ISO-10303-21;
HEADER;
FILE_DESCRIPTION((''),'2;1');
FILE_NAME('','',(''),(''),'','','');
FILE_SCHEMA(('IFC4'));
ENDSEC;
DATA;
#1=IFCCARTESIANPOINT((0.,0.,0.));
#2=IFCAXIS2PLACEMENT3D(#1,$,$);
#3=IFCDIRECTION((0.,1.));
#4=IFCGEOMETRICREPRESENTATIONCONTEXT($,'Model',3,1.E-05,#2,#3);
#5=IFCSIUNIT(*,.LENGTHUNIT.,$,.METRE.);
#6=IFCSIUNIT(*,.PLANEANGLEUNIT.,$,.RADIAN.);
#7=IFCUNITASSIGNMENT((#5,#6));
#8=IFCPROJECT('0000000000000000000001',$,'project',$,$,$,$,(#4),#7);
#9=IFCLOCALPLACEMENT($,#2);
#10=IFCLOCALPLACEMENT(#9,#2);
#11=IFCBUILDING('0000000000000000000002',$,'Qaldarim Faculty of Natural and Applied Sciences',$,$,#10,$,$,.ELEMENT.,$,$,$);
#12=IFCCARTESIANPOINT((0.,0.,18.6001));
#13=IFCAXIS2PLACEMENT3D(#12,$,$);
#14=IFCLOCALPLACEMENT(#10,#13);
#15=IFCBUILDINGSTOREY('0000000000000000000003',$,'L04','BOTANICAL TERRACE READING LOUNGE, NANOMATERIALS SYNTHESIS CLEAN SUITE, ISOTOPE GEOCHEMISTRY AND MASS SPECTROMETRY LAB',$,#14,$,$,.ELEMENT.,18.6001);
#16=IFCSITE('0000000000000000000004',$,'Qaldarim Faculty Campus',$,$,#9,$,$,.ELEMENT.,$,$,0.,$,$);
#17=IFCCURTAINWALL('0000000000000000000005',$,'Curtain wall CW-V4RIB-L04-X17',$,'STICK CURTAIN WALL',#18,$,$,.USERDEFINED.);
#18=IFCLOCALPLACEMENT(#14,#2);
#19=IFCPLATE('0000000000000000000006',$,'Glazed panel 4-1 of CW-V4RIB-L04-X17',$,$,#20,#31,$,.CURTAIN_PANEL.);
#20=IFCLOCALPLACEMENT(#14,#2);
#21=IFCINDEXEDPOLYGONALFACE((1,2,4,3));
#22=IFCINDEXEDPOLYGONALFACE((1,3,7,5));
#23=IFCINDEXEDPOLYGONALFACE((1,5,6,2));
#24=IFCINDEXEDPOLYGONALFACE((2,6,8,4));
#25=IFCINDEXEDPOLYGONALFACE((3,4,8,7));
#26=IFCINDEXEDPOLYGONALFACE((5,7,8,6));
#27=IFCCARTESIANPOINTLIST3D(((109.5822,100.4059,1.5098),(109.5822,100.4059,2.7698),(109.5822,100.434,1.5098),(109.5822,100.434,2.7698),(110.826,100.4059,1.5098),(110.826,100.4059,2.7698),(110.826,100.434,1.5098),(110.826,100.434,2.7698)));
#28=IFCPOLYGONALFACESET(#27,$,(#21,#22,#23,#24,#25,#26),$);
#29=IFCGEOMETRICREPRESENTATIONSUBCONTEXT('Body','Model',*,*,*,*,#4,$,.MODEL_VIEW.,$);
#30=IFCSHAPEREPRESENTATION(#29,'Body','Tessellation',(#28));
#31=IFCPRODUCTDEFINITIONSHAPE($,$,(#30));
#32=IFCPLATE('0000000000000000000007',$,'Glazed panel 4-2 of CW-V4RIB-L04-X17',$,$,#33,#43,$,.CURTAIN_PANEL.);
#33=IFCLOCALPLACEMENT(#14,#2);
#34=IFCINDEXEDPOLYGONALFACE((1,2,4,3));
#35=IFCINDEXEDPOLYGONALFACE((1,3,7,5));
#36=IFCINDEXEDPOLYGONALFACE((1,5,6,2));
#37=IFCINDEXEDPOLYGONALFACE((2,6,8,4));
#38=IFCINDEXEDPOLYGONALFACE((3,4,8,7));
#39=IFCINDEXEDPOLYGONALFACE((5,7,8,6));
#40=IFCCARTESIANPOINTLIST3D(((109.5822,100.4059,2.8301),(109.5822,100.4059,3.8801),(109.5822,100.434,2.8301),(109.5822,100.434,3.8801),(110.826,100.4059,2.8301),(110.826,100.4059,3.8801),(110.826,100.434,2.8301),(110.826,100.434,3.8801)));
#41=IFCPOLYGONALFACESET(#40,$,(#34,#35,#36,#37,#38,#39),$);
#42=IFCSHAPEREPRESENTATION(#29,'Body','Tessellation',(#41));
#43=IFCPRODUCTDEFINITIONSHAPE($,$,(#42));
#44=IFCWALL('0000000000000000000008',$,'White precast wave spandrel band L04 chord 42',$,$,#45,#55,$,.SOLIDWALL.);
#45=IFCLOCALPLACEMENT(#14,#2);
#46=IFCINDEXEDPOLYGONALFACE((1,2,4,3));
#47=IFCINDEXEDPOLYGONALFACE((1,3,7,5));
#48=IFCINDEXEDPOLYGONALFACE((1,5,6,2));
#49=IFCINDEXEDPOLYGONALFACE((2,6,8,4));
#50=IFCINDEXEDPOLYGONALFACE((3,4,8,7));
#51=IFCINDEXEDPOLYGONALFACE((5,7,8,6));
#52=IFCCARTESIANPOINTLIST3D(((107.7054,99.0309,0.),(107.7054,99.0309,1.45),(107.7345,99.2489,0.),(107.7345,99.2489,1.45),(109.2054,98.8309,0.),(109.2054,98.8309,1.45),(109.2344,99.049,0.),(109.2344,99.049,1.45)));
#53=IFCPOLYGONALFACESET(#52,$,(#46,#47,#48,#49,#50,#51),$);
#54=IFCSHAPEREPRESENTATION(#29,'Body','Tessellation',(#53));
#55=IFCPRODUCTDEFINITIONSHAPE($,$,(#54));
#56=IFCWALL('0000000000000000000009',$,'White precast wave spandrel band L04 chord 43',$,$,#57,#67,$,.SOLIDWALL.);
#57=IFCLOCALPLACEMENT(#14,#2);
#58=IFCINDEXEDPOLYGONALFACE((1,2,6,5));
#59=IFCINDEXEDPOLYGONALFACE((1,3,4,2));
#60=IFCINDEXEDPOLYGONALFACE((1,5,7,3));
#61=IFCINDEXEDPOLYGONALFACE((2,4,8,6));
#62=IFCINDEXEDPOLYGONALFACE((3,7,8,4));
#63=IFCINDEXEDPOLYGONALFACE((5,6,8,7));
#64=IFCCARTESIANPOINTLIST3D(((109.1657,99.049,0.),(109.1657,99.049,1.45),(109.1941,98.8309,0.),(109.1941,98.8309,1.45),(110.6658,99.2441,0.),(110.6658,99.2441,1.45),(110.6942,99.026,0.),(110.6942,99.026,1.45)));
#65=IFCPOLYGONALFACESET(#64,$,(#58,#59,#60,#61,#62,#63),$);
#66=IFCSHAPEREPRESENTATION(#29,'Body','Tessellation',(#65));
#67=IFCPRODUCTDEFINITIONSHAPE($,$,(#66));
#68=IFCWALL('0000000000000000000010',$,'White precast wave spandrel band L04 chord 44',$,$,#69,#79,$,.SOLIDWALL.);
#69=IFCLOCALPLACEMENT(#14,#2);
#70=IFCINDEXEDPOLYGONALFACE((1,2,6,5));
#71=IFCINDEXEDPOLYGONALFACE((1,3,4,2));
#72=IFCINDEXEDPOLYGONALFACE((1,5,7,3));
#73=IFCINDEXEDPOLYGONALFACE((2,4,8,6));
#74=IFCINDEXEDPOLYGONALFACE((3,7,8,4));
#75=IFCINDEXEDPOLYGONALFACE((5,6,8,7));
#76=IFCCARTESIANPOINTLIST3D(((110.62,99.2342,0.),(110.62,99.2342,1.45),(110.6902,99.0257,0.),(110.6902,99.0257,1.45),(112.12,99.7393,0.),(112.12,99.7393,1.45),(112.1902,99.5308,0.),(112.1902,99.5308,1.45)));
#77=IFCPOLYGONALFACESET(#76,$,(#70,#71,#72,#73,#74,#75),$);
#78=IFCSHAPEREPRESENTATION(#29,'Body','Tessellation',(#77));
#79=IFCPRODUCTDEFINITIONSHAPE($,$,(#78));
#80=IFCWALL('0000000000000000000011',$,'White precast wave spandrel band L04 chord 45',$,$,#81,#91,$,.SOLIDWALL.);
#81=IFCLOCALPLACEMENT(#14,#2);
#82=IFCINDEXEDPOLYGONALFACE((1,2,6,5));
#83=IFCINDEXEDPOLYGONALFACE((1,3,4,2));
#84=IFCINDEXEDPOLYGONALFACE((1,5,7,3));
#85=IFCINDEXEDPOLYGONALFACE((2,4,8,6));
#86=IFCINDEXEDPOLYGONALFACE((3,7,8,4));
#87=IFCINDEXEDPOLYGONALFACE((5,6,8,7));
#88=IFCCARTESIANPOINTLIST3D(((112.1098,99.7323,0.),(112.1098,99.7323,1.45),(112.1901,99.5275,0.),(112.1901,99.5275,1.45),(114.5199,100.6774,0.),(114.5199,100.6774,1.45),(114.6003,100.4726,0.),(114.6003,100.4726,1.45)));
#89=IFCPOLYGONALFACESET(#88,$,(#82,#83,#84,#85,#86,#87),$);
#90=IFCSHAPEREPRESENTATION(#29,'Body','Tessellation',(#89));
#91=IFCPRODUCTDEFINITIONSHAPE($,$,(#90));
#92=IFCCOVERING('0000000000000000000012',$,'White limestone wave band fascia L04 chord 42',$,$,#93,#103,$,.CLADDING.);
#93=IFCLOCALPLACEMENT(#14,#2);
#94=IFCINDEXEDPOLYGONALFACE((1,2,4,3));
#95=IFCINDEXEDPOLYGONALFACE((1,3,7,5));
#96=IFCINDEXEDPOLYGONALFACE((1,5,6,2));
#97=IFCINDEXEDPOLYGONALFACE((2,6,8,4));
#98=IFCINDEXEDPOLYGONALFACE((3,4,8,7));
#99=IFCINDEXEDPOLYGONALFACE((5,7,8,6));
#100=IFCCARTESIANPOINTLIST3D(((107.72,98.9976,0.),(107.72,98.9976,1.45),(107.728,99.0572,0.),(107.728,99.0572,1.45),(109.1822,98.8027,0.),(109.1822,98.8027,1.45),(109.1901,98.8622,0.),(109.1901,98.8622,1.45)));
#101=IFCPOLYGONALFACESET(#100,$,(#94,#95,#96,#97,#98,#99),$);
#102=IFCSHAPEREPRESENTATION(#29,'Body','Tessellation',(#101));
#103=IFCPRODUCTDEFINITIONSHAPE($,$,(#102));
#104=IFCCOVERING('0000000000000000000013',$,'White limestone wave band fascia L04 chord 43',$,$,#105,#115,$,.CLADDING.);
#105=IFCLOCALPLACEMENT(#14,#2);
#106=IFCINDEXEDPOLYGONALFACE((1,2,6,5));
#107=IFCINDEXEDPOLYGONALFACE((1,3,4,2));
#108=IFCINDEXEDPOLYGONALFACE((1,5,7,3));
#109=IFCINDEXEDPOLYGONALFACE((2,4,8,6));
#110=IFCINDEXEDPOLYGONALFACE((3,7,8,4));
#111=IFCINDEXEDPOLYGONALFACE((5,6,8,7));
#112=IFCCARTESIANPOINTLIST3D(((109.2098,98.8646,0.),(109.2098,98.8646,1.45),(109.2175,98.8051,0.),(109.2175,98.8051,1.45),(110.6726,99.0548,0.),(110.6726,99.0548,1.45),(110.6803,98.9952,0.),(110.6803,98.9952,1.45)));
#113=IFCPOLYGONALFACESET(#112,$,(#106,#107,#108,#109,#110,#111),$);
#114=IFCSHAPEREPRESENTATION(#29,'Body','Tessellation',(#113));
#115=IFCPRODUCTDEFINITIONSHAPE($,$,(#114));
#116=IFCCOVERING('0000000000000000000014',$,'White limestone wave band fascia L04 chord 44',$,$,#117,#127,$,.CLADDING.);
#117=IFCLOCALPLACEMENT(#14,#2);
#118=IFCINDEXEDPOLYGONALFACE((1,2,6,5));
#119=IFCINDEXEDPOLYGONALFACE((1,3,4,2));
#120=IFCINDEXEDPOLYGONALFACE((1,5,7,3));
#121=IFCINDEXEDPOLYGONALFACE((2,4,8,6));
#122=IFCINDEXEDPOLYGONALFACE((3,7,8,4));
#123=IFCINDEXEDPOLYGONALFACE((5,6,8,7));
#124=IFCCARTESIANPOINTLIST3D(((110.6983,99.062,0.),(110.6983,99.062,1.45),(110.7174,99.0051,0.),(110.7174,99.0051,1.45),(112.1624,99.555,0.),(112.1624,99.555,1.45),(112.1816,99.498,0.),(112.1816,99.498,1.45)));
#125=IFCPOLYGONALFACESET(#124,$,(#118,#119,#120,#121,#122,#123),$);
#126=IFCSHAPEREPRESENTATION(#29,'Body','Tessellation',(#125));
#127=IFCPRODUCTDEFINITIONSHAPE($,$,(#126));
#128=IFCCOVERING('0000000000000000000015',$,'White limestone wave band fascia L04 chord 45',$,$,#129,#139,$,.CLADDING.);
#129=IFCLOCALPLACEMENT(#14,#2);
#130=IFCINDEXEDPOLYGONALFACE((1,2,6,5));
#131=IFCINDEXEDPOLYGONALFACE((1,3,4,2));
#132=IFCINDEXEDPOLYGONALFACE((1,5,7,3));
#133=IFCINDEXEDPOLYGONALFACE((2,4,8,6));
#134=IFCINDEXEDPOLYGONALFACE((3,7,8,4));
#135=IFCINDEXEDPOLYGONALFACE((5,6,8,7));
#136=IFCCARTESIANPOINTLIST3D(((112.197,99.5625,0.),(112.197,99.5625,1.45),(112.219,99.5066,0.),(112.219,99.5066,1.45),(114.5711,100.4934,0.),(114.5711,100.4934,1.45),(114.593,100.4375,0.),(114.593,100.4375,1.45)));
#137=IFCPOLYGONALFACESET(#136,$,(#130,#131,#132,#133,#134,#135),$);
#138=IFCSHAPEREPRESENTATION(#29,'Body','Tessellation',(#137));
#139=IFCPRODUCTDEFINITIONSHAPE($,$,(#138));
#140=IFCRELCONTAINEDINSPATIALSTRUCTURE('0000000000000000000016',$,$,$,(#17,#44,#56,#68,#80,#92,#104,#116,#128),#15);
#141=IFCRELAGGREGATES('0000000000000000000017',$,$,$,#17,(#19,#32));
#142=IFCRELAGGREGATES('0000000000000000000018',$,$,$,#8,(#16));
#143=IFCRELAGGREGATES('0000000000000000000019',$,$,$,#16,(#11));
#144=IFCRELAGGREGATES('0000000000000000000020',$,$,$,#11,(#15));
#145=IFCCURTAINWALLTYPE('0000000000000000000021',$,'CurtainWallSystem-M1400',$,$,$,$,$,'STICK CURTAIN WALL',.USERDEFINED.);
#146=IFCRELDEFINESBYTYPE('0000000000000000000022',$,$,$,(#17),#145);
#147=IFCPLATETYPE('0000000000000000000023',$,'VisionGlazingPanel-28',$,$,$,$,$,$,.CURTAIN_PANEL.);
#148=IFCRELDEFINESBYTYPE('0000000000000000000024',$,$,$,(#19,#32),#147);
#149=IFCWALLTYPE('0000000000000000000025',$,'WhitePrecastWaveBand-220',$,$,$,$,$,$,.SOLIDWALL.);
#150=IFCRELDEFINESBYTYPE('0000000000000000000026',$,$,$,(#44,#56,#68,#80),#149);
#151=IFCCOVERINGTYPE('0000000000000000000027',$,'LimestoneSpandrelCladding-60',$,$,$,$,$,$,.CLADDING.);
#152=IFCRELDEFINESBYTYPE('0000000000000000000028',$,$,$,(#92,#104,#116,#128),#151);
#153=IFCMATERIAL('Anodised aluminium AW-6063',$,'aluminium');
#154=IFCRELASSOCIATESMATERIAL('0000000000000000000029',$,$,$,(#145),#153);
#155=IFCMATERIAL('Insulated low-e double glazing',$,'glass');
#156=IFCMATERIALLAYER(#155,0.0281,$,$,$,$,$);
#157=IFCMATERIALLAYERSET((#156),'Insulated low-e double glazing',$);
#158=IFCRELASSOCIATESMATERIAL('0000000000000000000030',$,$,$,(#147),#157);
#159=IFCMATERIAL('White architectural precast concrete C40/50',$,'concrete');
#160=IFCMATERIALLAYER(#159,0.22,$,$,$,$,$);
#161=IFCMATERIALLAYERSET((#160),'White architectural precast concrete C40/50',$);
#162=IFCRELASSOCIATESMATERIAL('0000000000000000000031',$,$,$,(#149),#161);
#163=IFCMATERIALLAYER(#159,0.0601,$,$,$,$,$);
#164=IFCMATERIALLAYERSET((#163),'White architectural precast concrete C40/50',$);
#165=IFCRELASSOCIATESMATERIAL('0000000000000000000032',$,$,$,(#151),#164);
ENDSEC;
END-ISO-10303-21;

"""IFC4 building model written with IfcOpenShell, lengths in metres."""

from ifc_helpers import new_model, si_unit, direction, frame, frame_2d, origin, origin_2d, place, context, subcontext, project, spatial, rectangle, extrude, material, layer, layer_set, type_object, element, aggregate, save


model = new_model("IFC4")

# Units and contexts
model_context = context("Model", 3, precision=1e-05, world=origin(), true_north=direction((0.0, 1.0)))
body_context = subcontext(model_context, "Body", "Model", "MODEL_VIEW")
ifc_project = project(units=[si_unit("LENGTHUNIT", "METRE"), si_unit("PLANEANGLEUNIT", "RADIAN")], contexts=[model_context])

# Site, building, storey
site_placement = place(None, origin())
site = spatial("IfcSite", under=ifc_project, at=site_placement, Name="Qaldarim Faculty Campus", CompositionType="ELEMENT", RefElevation=0.0)
building_placement = place(site_placement, origin())
building = spatial("IfcBuilding", under=site, at=building_placement, Name="Qaldarim Faculty of Natural and Applied Sciences", CompositionType="ELEMENT")
storey_placement = place(building_placement, frame((0.0, 0.0, 18.6001)))
storey = spatial("IfcBuildingStorey", under=building, at=storey_placement, Name="L04", Description="BOTANICAL TERRACE READING LOUNGE, NANOMATERIALS SYNTHESIS CLEAN SUITE, ISOTOPE GEOCHEMISTRY AND MASS SPECTROMETRY LAB", CompositionType="ELEMENT", Elevation=18.6001)

# Curtain wall, plates
ifc_material_1 = material(Name="Anodised aluminium AW-6063", Category="aluminium")
curtain_wall_type = type_object("IfcCurtainWallType", Name="CurtainWallSystem-M1400", ElementType="STICK CURTAIN WALL", PredefinedType="USERDEFINED", material=ifc_material_1)
curtain_wall_placement = place(storey_placement, origin())
curtain_wall = element("IfcCurtainWall", 1, at=curtain_wall_placement, inside=storey, type_object=curtain_wall_type, Name="Curtain wall CW-V4RIB-L04-X17", ObjectType="STICK CURTAIN WALL", PredefinedType="USERDEFINED")
ifc_material_2 = material(Name="Insulated low-e double glazing", Category="glass")
ifc_layer_1 = layer(ifc_material_2, 0.0281)
ifc_layer_set_1 = layer_set([ifc_layer_1], Name="Insulated low-e double glazing")
plate_type = type_object("IfcPlateType", Name="VisionGlazingPanel-28", PredefinedType="CURTAIN_PANEL", material=ifc_layer_set_1)
plate_1_placement = place(storey_placement, frame((110.2041, 100.4199, 1.5098), z_axis=(0.0, 0.0, 1.0), x_axis=(1.0, 0.0, 0.0)))
plate_1 = element("IfcPlate", 2, at=plate_1_placement, type_object=plate_type, Name="Glazed panel 4-1 of CW-V4RIB-L04-X17", PredefinedType="CURTAIN_PANEL", context=body_context, shape_type="SweptSolid", body=[
    extrude(rectangle(XDim=1.2439, YDim=0.0281, at=origin_2d()), origin(), (0.0, 0.0, 1.0), 1.26),
])
plate_2_placement = place(storey_placement, frame((110.2041, 100.4199, 2.8301), z_axis=(0.0, 0.0, 1.0), x_axis=(1.0, 0.0, 0.0)))
plate_2 = element("IfcPlate", 3, at=plate_2_placement, type_object=plate_type, Name="Glazed panel 4-2 of CW-V4RIB-L04-X17", PredefinedType="CURTAIN_PANEL", context=body_context, shape_type="SweptSolid", body=[
    extrude(rectangle(XDim=1.2439, YDim=0.0281, at=origin_2d()), origin(), (0.0, 0.0, 1.0), 1.05),
])
aggregate(curtain_wall, [plate_1, plate_2])

# Walls
ifc_material_3 = material(Name="White architectural precast concrete C40/50", Category="concrete")
ifc_layer_2 = layer(ifc_material_3, 0.22)
ifc_layer_set_2 = layer_set([ifc_layer_2], Name="White architectural precast concrete C40/50")
wall_type = type_object("IfcWallType", Name="WhitePrecastWaveBand-220", PredefinedType="SOLIDWALL", material=ifc_layer_set_2)
wall_1_placement = place(storey_placement, frame((107.72, 99.1399, 0.0), z_axis=(0.0, 0.0, 1.0), x_axis=(0.991232, -0.132132, 0.0)))
element("IfcWall", 4, at=wall_1_placement, inside=storey, type_object=wall_type, Name="White precast wave spandrel band L04 chord 42", PredefinedType="SOLIDWALL", context=body_context, shape_type="SweptSolid", body=[
    extrude(rectangle(XDim=1.5132, YDim=0.22, at=frame_2d((0.7566, 0.0))), origin(), (0.0, 0.0, 1.0), 1.45),
])
wall_2_placement = place(storey_placement, frame((109.1799, 98.9399, 0.0), z_axis=(0.0, 0.0, 1.0), x_axis=(0.99165, 0.12896, 0.0)))
element("IfcWall", 5, at=wall_2_placement, inside=storey, type_object=wall_type, Name="White precast wave spandrel band L04 chord 43", PredefinedType="SOLIDWALL", context=body_context, shape_type="SweptSolid", body=[
    extrude(rectangle(XDim=1.5127, YDim=0.22, at=frame_2d((0.7563, 0.0))), origin(), (0.0, 0.0, 1.0), 1.45),
])
wall_3_placement = place(storey_placement, frame((110.655, 99.1299, 0.0), z_axis=(0.0, 0.0, 1.0), x_axis=(0.947707, 0.319142, 0.0)))
element("IfcWall", 6, at=wall_3_placement, inside=storey, type_object=wall_type, Name="White precast wave spandrel band L04 chord 44", PredefinedType="SOLIDWALL", context=body_context, shape_type="SweptSolid", body=[
    extrude(rectangle(XDim=1.5828, YDim=0.22, at=frame_2d((0.7915, 0.0))), origin(), (0.0, 0.0, 1.0), 1.45),
])
wall_4_placement = place(storey_placement, frame((112.1499, 99.6299, 0.0), z_axis=(0.0, 0.0, 1.0), x_axis=(0.930985, 0.365057, 0.0)))
element("IfcWall", 7, at=wall_4_placement, inside=storey, type_object=wall_type, Name="White precast wave spandrel band L04 chord 45", PredefinedType="SOLIDWALL", context=body_context, shape_type="SweptSolid", body=[
    extrude(rectangle(XDim=2.5889, YDim=0.22, at=frame_2d((1.2944, 0.0))), origin(), (0.0, 0.0, 1.0), 1.45),
])

# Coverings
ifc_layer_3 = layer(ifc_material_3, 0.0601)
ifc_layer_set_3 = layer_set([ifc_layer_3], Name="White architectural precast concrete C40/50")
covering_type = type_object("IfcCoveringType", Name="LimestoneSpandrelCladding-60", PredefinedType="CLADDING", material=ifc_layer_set_3)
for number, where, z_axis, x_axis, name in (
    (8, (108.4551, 98.9299, 0.0), (0.0, 0.0, 1.0), (0.991227, -0.13217, 0.0), "White limestone wave band fascia L04 chord 42"),
    (9, (109.9451, 98.9299, 0.0), (0.0, 0.0, 1.0), (0.991655, 0.128917, 0.0), "White limestone wave band fascia L04 chord 43"),
):
    element("IfcCovering", number, at=place(storey_placement, frame(where, z_axis=z_axis, x_axis=x_axis)), inside=storey, type_object=covering_type, Name=name, PredefinedType="CLADDING", context=body_context, shape_type="SweptSolid", body=[
        extrude(rectangle(XDim=1.4751, YDim=0.0601, at=origin_2d()), origin(), (0.0, 0.0, 1.0), 1.45),
    ])
covering_1_placement = place(storey_placement, frame((111.4399, 99.28, 0.0), z_axis=(0.0, 0.0, 1.0), x_axis=(0.947729, 0.319075, 0.0)))
element("IfcCovering", 10, at=covering_1_placement, inside=storey, type_object=covering_type, Name="White limestone wave band fascia L04 chord 44", PredefinedType="CLADDING", context=body_context, shape_type="SweptSolid", body=[
    extrude(rectangle(XDim=1.5449, YDim=0.0601, at=origin_2d()), origin(), (0.0, 0.0, 1.0), 1.45),
])
covering_2_placement = place(storey_placement, frame((113.395, 100.0, 0.0), z_axis=(0.0, 0.0, 1.0), x_axis=(0.930986, 0.365056, 0.0)))
element("IfcCovering", 11, at=covering_2_placement, inside=storey, type_object=covering_type, Name="White limestone wave band fascia L04 chord 45", PredefinedType="CLADDING", context=body_context, shape_type="SweptSolid", body=[
    extrude(rectangle(XDim=2.55, YDim=0.0601, at=origin_2d()), origin(), (0.0, 0.0, 1.0), 1.45),
])

save(model, "model.ifc")
